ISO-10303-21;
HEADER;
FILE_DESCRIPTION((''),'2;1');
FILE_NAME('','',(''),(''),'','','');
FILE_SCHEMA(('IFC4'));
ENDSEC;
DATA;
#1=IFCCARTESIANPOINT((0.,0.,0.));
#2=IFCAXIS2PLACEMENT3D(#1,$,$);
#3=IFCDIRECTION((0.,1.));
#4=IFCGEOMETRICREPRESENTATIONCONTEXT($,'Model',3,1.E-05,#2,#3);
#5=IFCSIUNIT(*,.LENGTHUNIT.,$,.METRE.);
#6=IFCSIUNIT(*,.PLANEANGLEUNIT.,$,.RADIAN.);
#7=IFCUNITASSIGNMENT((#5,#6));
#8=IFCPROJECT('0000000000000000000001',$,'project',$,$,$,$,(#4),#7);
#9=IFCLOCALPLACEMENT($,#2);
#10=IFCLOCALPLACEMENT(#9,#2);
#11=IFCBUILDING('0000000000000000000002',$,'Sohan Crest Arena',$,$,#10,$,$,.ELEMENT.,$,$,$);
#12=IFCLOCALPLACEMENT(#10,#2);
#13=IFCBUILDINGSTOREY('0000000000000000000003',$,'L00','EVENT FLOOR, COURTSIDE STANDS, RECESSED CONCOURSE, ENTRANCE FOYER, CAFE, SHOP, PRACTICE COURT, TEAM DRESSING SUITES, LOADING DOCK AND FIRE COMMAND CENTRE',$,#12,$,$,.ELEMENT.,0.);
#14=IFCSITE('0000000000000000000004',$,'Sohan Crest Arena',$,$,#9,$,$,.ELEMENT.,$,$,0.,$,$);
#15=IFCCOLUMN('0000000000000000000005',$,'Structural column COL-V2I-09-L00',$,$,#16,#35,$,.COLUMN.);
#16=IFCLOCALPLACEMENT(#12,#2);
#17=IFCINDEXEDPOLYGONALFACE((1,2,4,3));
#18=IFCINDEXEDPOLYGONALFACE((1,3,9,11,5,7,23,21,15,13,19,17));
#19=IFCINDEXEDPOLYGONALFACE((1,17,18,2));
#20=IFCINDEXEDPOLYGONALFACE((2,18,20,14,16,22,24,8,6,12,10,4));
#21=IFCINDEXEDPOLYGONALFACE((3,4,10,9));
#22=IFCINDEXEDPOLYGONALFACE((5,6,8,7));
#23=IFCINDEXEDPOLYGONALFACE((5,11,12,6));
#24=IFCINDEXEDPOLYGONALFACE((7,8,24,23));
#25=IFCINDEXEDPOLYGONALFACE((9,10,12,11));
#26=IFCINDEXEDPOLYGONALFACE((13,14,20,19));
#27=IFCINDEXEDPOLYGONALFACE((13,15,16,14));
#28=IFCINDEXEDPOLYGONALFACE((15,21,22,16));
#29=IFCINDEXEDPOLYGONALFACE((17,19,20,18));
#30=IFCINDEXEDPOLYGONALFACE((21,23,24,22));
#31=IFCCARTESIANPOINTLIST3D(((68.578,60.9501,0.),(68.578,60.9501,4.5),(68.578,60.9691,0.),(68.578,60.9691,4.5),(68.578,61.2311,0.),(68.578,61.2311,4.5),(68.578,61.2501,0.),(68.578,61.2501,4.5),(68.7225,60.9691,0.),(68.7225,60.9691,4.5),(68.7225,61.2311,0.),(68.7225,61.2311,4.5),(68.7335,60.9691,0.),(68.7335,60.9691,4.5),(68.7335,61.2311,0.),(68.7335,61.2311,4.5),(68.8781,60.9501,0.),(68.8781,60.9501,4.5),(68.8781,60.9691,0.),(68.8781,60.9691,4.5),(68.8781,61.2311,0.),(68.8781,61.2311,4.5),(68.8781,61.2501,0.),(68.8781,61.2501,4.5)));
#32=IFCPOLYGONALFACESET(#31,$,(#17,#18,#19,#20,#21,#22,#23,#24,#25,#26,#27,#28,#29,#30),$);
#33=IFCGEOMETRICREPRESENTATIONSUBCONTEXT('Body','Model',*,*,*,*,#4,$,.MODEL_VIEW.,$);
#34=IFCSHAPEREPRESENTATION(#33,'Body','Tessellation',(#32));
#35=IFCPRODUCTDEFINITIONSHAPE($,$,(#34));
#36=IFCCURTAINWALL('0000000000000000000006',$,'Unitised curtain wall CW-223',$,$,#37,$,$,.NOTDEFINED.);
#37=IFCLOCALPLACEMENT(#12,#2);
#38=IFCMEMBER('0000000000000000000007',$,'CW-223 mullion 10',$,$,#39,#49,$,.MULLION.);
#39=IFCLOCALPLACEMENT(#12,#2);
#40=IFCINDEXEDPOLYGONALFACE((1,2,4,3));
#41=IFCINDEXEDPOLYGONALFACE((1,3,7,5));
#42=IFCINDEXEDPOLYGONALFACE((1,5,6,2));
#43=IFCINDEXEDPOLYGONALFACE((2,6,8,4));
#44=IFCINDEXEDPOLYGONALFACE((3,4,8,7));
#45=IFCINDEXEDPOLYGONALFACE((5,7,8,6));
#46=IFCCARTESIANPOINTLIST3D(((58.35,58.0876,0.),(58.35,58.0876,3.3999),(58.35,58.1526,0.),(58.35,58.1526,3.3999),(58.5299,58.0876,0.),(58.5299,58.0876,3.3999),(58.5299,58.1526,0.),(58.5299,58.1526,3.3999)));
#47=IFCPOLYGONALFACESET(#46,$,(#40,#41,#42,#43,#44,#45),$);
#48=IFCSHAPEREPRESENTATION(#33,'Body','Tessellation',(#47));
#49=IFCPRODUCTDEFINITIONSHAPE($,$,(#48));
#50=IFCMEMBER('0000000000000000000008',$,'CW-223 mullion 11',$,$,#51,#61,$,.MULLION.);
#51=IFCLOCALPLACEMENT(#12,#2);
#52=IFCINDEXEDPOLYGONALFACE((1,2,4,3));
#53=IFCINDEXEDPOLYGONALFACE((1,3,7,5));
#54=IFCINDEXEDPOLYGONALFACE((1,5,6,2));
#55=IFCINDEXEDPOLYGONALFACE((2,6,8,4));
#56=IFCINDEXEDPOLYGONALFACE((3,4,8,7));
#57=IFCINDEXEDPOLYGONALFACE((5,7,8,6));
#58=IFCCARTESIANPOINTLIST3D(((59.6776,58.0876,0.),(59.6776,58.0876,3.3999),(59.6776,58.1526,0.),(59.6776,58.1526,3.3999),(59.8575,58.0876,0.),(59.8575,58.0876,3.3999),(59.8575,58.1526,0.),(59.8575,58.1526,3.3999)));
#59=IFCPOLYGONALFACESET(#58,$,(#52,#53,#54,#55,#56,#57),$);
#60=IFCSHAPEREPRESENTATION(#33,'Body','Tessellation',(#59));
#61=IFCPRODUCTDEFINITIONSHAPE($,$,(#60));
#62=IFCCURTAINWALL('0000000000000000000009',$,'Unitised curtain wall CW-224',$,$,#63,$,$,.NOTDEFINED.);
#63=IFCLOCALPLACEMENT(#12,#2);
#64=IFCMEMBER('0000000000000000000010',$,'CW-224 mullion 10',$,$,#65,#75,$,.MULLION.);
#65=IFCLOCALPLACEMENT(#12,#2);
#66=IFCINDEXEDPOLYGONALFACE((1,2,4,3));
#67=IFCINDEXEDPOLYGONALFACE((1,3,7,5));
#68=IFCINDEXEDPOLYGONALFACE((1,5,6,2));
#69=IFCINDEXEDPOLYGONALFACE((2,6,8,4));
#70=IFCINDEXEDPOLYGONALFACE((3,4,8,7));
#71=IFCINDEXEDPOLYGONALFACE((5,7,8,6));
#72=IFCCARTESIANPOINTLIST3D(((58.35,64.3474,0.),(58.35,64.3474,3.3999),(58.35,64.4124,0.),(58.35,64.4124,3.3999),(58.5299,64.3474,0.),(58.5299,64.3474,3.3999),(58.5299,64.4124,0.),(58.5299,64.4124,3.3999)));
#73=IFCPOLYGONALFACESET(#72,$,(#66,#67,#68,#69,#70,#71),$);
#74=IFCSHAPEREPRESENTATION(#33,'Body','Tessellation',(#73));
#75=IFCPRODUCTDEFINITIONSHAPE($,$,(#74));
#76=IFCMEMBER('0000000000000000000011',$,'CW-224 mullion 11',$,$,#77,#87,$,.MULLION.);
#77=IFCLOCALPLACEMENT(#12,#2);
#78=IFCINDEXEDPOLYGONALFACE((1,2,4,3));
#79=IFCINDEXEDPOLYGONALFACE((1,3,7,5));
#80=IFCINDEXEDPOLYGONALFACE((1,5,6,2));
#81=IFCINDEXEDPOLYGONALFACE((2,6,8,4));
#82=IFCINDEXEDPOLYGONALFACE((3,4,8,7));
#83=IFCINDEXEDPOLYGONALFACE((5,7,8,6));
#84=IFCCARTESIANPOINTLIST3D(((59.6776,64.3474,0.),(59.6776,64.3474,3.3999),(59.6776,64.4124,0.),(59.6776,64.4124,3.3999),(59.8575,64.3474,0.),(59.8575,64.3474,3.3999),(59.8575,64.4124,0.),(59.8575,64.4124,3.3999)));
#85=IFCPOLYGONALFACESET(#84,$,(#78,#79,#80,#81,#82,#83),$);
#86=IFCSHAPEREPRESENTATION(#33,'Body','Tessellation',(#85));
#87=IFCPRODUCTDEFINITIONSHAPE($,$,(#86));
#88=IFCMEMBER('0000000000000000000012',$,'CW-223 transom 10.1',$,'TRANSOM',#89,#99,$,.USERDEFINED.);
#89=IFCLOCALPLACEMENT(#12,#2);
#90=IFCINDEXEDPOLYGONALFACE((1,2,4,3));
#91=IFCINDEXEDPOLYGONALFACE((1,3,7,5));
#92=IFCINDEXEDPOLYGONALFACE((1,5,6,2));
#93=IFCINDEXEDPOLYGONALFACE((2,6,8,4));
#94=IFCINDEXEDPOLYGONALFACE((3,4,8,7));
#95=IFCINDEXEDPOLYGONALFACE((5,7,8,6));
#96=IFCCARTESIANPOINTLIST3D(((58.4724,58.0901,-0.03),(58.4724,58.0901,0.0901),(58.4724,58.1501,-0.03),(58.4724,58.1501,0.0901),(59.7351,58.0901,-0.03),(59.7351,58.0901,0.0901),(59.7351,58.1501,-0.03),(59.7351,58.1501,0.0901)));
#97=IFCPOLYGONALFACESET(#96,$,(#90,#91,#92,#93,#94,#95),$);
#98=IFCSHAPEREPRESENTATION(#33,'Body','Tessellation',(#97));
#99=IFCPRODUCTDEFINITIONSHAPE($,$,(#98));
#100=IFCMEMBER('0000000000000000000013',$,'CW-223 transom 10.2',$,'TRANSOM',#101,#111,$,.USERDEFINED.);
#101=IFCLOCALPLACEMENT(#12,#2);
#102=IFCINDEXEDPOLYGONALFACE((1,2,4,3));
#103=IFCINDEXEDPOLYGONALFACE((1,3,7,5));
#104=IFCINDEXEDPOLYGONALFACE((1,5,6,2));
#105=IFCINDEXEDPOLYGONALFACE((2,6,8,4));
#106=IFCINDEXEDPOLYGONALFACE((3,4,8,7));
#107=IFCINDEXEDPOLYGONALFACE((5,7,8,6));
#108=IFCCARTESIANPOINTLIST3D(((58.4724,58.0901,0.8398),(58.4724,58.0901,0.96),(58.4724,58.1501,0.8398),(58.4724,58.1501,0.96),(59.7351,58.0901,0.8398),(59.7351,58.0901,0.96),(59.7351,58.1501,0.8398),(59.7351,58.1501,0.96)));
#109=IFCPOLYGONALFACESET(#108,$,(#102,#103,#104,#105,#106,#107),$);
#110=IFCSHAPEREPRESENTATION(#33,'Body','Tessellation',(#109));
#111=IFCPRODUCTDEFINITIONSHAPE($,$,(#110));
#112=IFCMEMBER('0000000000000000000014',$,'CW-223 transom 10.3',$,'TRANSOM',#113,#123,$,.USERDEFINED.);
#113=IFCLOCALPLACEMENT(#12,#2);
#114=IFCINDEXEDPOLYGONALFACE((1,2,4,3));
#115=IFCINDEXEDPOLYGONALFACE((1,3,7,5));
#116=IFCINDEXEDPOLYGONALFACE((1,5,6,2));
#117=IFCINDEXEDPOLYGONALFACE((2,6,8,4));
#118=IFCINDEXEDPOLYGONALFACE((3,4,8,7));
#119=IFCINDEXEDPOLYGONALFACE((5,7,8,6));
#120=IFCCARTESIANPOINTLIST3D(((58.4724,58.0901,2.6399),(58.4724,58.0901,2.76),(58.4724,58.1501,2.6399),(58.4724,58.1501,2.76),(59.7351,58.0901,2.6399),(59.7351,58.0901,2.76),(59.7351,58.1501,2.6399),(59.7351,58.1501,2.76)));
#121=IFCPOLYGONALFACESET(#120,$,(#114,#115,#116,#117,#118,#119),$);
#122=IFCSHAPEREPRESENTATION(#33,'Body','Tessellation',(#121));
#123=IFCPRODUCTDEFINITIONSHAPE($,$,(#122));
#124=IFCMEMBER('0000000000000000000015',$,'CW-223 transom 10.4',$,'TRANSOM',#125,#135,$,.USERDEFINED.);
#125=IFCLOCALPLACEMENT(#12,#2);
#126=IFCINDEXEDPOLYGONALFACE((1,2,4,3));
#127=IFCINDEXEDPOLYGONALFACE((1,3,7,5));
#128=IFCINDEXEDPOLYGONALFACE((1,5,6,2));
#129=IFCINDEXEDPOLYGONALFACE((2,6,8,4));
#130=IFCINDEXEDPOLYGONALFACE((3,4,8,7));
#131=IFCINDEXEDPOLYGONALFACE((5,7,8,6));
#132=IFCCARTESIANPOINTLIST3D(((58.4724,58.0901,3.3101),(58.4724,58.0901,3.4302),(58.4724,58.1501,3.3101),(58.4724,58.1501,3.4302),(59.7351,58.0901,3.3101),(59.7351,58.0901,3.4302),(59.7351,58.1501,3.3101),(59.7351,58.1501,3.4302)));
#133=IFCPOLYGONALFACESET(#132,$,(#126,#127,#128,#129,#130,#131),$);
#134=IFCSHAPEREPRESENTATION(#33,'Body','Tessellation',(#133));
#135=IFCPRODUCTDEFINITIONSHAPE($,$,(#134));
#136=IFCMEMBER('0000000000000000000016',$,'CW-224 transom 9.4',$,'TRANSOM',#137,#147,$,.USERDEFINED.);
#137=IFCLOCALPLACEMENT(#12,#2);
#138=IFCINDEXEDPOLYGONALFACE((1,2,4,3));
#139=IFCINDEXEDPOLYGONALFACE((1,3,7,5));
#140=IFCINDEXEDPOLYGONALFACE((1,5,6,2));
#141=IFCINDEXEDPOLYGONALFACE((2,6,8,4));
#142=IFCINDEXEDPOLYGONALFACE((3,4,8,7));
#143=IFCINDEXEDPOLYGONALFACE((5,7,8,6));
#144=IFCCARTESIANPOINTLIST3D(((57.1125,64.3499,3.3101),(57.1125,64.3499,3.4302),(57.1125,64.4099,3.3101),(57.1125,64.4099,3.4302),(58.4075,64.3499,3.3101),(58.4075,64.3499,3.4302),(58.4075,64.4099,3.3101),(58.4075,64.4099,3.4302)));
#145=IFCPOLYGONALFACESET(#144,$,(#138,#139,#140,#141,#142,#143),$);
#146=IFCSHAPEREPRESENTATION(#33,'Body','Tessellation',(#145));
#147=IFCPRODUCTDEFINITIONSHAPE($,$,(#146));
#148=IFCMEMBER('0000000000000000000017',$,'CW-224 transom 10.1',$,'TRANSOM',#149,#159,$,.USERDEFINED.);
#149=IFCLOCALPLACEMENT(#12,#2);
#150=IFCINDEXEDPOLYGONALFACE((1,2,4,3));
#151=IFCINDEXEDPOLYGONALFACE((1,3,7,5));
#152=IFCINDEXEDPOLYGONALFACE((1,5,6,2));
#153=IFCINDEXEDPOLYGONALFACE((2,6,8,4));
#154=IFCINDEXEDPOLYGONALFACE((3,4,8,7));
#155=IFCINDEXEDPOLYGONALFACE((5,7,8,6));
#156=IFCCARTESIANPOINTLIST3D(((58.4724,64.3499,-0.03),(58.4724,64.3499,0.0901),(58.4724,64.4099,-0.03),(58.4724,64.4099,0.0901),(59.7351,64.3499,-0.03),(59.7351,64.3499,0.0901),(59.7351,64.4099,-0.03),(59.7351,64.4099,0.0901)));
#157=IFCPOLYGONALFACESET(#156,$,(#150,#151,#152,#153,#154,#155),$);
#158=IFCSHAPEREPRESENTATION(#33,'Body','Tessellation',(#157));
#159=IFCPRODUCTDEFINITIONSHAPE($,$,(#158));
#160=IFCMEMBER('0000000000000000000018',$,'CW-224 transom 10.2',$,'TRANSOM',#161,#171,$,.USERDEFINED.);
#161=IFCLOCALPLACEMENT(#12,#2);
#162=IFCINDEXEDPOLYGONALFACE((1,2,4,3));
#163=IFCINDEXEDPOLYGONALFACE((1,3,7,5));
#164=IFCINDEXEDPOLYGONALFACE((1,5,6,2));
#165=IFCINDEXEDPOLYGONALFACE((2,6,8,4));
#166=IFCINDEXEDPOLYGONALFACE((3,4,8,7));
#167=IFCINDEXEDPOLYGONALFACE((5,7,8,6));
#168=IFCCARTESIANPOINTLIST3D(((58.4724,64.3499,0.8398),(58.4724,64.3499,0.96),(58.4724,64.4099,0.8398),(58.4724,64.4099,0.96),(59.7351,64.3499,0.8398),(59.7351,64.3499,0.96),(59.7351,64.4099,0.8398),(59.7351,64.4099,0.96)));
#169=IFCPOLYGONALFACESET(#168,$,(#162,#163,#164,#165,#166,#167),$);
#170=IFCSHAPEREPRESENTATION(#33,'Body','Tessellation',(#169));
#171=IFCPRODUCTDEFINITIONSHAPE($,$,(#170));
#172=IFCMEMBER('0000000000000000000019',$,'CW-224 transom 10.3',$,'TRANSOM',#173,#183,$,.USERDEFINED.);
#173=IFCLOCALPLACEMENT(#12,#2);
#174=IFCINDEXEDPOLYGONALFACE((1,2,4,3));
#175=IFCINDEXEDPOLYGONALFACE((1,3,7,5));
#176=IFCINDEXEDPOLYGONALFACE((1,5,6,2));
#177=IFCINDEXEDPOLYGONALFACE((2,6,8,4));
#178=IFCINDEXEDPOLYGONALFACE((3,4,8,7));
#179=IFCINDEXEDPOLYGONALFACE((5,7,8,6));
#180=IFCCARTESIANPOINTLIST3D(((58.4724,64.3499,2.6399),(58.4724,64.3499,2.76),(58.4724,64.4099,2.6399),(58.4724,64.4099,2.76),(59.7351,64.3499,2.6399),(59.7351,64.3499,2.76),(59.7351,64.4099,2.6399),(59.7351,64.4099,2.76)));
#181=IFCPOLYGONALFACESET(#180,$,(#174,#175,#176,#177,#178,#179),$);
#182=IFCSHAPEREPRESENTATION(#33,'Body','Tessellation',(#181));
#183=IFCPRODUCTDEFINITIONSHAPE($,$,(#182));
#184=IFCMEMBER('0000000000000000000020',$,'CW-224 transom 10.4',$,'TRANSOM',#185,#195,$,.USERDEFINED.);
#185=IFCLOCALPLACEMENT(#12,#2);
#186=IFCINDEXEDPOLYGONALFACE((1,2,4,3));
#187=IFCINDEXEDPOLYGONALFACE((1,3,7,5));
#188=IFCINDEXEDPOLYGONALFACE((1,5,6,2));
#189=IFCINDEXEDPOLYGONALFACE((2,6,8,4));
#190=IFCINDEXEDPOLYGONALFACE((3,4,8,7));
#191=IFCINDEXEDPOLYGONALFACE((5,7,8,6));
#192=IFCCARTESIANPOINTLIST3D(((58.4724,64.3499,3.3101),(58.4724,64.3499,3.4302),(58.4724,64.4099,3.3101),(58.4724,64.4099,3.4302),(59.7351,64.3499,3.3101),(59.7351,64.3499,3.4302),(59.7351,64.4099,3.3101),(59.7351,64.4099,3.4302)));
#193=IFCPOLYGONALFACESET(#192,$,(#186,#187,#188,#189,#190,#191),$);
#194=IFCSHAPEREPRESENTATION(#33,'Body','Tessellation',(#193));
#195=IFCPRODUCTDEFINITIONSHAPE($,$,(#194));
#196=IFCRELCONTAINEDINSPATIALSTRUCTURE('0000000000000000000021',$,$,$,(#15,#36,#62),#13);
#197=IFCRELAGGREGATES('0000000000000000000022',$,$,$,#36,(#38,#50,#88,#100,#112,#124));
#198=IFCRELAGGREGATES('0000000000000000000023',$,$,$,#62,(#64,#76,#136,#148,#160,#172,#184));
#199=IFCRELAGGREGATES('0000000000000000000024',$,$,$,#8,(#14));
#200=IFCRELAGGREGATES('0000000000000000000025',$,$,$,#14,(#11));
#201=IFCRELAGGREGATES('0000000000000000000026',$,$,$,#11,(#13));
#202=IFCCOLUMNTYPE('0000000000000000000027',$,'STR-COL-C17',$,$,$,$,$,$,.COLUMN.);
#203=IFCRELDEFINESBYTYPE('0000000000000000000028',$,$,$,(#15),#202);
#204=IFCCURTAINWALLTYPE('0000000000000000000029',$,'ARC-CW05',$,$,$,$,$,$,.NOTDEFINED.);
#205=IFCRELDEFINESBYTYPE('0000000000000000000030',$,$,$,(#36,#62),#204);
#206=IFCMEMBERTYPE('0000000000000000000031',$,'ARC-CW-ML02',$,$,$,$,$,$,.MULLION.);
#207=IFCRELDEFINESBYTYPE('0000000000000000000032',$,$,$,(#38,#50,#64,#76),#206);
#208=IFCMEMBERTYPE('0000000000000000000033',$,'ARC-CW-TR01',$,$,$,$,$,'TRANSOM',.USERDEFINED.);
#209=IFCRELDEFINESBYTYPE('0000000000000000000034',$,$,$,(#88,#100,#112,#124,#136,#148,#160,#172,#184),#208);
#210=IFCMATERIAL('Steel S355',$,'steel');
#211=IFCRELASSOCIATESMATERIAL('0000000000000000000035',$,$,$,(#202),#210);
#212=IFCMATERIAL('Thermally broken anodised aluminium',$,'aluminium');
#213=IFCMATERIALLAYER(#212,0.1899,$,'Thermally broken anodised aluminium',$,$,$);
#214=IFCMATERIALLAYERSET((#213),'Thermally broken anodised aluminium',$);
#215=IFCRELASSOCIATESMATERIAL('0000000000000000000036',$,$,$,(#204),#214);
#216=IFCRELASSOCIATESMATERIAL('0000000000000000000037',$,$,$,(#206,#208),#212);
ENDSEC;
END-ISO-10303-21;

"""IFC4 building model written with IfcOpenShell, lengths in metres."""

from ifc_helpers import new_model, si_unit, direction, frame, origin, origin_2d, place, context, subcontext, project, spatial, rectangle, i_section, extrude, material, layer, layer_set, material_profile, profile_set, type_object, element, aggregate, save


model = new_model("IFC4")

# Units and contexts
model_context = context("Model", 3, precision=1e-05, world=origin(), true_north=direction((0.0, 1.0)))
body_context = subcontext(model_context, "Body", "Model", "MODEL_VIEW")
ifc_project = project(units=[si_unit("LENGTHUNIT", "METRE"), si_unit("PLANEANGLEUNIT", "RADIAN")], contexts=[model_context])

# Site, building, storey
site_placement = place(None, origin())
site = spatial("IfcSite", under=ifc_project, at=site_placement, Name="Sohan Crest Arena", CompositionType="ELEMENT", RefElevation=0.0)
building_placement = place(site_placement, origin())
building = spatial("IfcBuilding", under=site, at=building_placement, Name="Sohan Crest Arena", CompositionType="ELEMENT")
storey_placement = place(building_placement, origin())
storey = spatial("IfcBuildingStorey", under=building, at=storey_placement, Name="L00", Description="EVENT FLOOR, COURTSIDE STANDS, RECESSED CONCOURSE, ENTRANCE FOYER, CAFE, SHOP, PRACTICE COURT, TEAM DRESSING SUITES, LOADING DOCK AND FIRE COMMAND CENTRE", CompositionType="ELEMENT", Elevation=0.0)

# Column
ifc_material_1 = material(Name="Steel S355", Category="steel")
ifc_material_profile_1 = material_profile(ifc_material_1, i_section(OverallWidth=0.3, OverallDepth=0.3, WebThickness=0.011, FlangeThickness=0.019, at=origin_2d()), Name="HEB 300")
ifc_profile_set_1 = profile_set([ifc_material_profile_1], Name="Steel S355")
column_type = type_object("IfcColumnType", Name="STR-COL-C17", PredefinedType="COLUMN", material=ifc_profile_set_1)
column_placement = place(storey_placement, frame((68.728, 61.1001, 0.0), z_axis=(0.0, 0.0, 1.0), x_axis=(1.0, 0.0, 0.0)))
element("IfcColumn", 1, at=column_placement, inside=storey, type_object=column_type, Name="Structural column COL-V2I-09-L00", PredefinedType="COLUMN", context=body_context, shape_type="SweptSolid", body=[
    extrude(i_section(OverallWidth=0.3, OverallDepth=0.3, WebThickness=0.011, FlangeThickness=0.019, at=origin_2d()), origin(), (0.0, 0.0, 1.0), 4.5),
])

# Curtain walls, members
ifc_material_2 = material(Name="Thermally broken anodised aluminium", Category="aluminium")
ifc_layer_1 = layer(ifc_material_2, 0.1899, Name="Thermally broken anodised aluminium")
ifc_layer_set_1 = layer_set([ifc_layer_1], Name="Thermally broken anodised aluminium")
curtain_wall_type = type_object("IfcCurtainWallType", Name="ARC-CW05", PredefinedType="NOTDEFINED", material=ifc_layer_set_1)
curtain_wall_1_placement = place(storey_placement, origin())
curtain_wall_1 = element("IfcCurtainWall", 2, at=curtain_wall_1_placement, inside=storey, type_object=curtain_wall_type, Name="Unitised curtain wall CW-223", PredefinedType="NOTDEFINED")
ifc_material_profile_2 = material_profile(ifc_material_2, rectangle(XDim=0.0649, YDim=0.1799, at=origin_2d()), Name="ALU-MULL 65x180")
ifc_profile_set_2 = profile_set([ifc_material_profile_2], Name="Thermally broken anodised aluminium")
member_type_1 = type_object("IfcMemberType", Name="ARC-CW-ML02", PredefinedType="MULLION", material=ifc_profile_set_2)
member_1_placement = place(storey_placement, frame((58.4399, 58.1201, 0.0), z_axis=(0.0, 0.0, 1.0), x_axis=(0.0, 1.0, 0.0)))
member_1 = element("IfcMember", 3, at=member_1_placement, type_object=member_type_1, Name="CW-223 mullion 10", PredefinedType="MULLION", context=body_context, shape_type="SweptSolid", body=[
    extrude(rectangle(XDim=0.0649, YDim=0.1799, at=origin_2d()), origin(), (0.0, 0.0, 1.0), 3.3999),
])
member_2_placement = place(storey_placement, frame((59.7676, 58.1201, 0.0), z_axis=(0.0, 0.0, 1.0), x_axis=(0.0, 1.0, 0.0)))
member_2 = element("IfcMember", 4, at=member_2_placement, type_object=member_type_1, Name="CW-223 mullion 11", PredefinedType="MULLION", context=body_context, shape_type="SweptSolid", body=[
    extrude(rectangle(XDim=0.0649, YDim=0.1799, at=origin_2d()), origin(), (0.0, 0.0, 1.0), 3.3999),
])
curtain_wall_2_placement = place(storey_placement, origin())
curtain_wall_2 = element("IfcCurtainWall", 5, at=curtain_wall_2_placement, inside=storey, type_object=curtain_wall_type, Name="Unitised curtain wall CW-224", PredefinedType="NOTDEFINED")
member_3_placement = place(storey_placement, frame((58.4399, 64.3799, 0.0), z_axis=(0.0, 0.0, 1.0), x_axis=(0.0, 1.0, 0.0)))
member_3 = element("IfcMember", 6, at=member_3_placement, type_object=member_type_1, Name="CW-224 mullion 10", PredefinedType="MULLION", context=body_context, shape_type="SweptSolid", body=[
    extrude(rectangle(XDim=0.0649, YDim=0.1799, at=origin_2d()), origin(), (0.0, 0.0, 1.0), 3.3999),
])
member_4_placement = place(storey_placement, frame((59.7676, 64.3799, 0.0), z_axis=(0.0, 0.0, 1.0), x_axis=(0.0, 1.0, 0.0)))
member_4 = element("IfcMember", 7, at=member_4_placement, type_object=member_type_1, Name="CW-224 mullion 11", PredefinedType="MULLION", context=body_context, shape_type="SweptSolid", body=[
    extrude(rectangle(XDim=0.0649, YDim=0.1799, at=origin_2d()), origin(), (0.0, 0.0, 1.0), 3.3999),
])

# Members
ifc_material_profile_3 = material_profile(ifc_material_2, rectangle(XDim=0.0601, YDim=0.1201, at=origin_2d()), Name="ALU-TRAN 60x120")
ifc_profile_set_3 = profile_set([ifc_material_profile_3], Name="Thermally broken anodised aluminium")
member_type_2 = type_object("IfcMemberType", Name="ARC-CW-TR01", ElementType="TRANSOM", PredefinedType="USERDEFINED", material=ifc_profile_set_3)
member_5_placement = place(storey_placement, frame((58.4724, 58.1201, 0.03), z_axis=(1.0, 0.0, 0.0), x_axis=(0.0, 1.0, 0.0)))
member_5 = element("IfcMember", 8, at=member_5_placement, type_object=member_type_2, Name="CW-223 transom 10.1", ObjectType="TRANSOM", PredefinedType="USERDEFINED", context=body_context, shape_type="SweptSolid", body=[
    extrude(rectangle(XDim=0.0601, YDim=0.1201, at=origin_2d()), origin(), (0.0, 0.0, 1.0), 1.2627),
])
member_6_placement = place(storey_placement, frame((58.4724, 58.1201, 0.8999), z_axis=(1.0, 0.0, 0.0), x_axis=(0.0, 1.0, 0.0)))
member_6 = element("IfcMember", 9, at=member_6_placement, type_object=member_type_2, Name="CW-223 transom 10.2", ObjectType="TRANSOM", PredefinedType="USERDEFINED", context=body_context, shape_type="SweptSolid", body=[
    extrude(rectangle(XDim=0.0601, YDim=0.1201, at=origin_2d()), origin(), (0.0, 0.0, 1.0), 1.2627),
])
member_7_placement = place(storey_placement, frame((58.4724, 58.1201, 2.7), z_axis=(1.0, 0.0, 0.0), x_axis=(0.0, 1.0, 0.0)))
member_7 = element("IfcMember", 10, at=member_7_placement, type_object=member_type_2, Name="CW-223 transom 10.3", ObjectType="TRANSOM", PredefinedType="USERDEFINED", context=body_context, shape_type="SweptSolid", body=[
    extrude(rectangle(XDim=0.0601, YDim=0.1201, at=origin_2d()), origin(), (0.0, 0.0, 1.0), 1.2627),
])
member_8_placement = place(storey_placement, frame((58.4724, 58.1201, 3.3701), z_axis=(1.0, 0.0, 0.0), x_axis=(0.0, 1.0, 0.0)))
member_8 = element("IfcMember", 11, at=member_8_placement, type_object=member_type_2, Name="CW-223 transom 10.4", ObjectType="TRANSOM", PredefinedType="USERDEFINED", context=body_context, shape_type="SweptSolid", body=[
    extrude(rectangle(XDim=0.0601, YDim=0.1201, at=origin_2d()), origin(), (0.0, 0.0, 1.0), 1.2627),
])
member_9_placement = place(storey_placement, frame((57.1125, 64.3799, 3.3701), z_axis=(1.0, 0.0, 0.0), x_axis=(0.0, 1.0, 0.0)))
member_9 = element("IfcMember", 12, at=member_9_placement, type_object=member_type_2, Name="CW-224 transom 9.4", ObjectType="TRANSOM", PredefinedType="USERDEFINED", context=body_context, shape_type="SweptSolid", body=[
    extrude(rectangle(XDim=0.0601, YDim=0.1201, at=origin_2d()), origin(), (0.0, 0.0, 1.0), 1.2949),
])
member_10_placement = place(storey_placement, frame((58.4724, 64.3799, 0.03), z_axis=(1.0, 0.0, 0.0), x_axis=(0.0, 1.0, 0.0)))
member_10 = element("IfcMember", 13, at=member_10_placement, type_object=member_type_2, Name="CW-224 transom 10.1", ObjectType="TRANSOM", PredefinedType="USERDEFINED", context=body_context, shape_type="SweptSolid", body=[
    extrude(rectangle(XDim=0.0601, YDim=0.1201, at=origin_2d()), origin(), (0.0, 0.0, 1.0), 1.2627),
])
member_11_placement = place(storey_placement, frame((58.4724, 64.3799, 0.8999), z_axis=(1.0, 0.0, 0.0), x_axis=(0.0, 1.0, 0.0)))
member_11 = element("IfcMember", 14, at=member_11_placement, type_object=member_type_2, Name="CW-224 transom 10.2", ObjectType="TRANSOM", PredefinedType="USERDEFINED", context=body_context, shape_type="SweptSolid", body=[
    extrude(rectangle(XDim=0.0601, YDim=0.1201, at=origin_2d()), origin(), (0.0, 0.0, 1.0), 1.2627),
])
member_12_placement = place(storey_placement, frame((58.4724, 64.3799, 2.7), z_axis=(1.0, 0.0, 0.0), x_axis=(0.0, 1.0, 0.0)))
member_12 = element("IfcMember", 15, at=member_12_placement, type_object=member_type_2, Name="CW-224 transom 10.3", ObjectType="TRANSOM", PredefinedType="USERDEFINED", context=body_context, shape_type="SweptSolid", body=[
    extrude(rectangle(XDim=0.0601, YDim=0.1201, at=origin_2d()), origin(), (0.0, 0.0, 1.0), 1.2627),
])
member_13_placement = place(storey_placement, frame((58.4724, 64.3799, 3.3701), z_axis=(1.0, 0.0, 0.0), x_axis=(0.0, 1.0, 0.0)))
member_13 = element("IfcMember", 16, at=member_13_placement, type_object=member_type_2, Name="CW-224 transom 10.4", ObjectType="TRANSOM", PredefinedType="USERDEFINED", context=body_context, shape_type="SweptSolid", body=[
    extrude(rectangle(XDim=0.0601, YDim=0.1201, at=origin_2d()), origin(), (0.0, 0.0, 1.0), 1.2627),
])

aggregate(curtain_wall_1, [member_1, member_2, member_5, member_6, member_7, member_8])
aggregate(curtain_wall_2, [member_3, member_4, member_9, member_10, member_11, member_12, member_13])

save(model, "model.ifc")
